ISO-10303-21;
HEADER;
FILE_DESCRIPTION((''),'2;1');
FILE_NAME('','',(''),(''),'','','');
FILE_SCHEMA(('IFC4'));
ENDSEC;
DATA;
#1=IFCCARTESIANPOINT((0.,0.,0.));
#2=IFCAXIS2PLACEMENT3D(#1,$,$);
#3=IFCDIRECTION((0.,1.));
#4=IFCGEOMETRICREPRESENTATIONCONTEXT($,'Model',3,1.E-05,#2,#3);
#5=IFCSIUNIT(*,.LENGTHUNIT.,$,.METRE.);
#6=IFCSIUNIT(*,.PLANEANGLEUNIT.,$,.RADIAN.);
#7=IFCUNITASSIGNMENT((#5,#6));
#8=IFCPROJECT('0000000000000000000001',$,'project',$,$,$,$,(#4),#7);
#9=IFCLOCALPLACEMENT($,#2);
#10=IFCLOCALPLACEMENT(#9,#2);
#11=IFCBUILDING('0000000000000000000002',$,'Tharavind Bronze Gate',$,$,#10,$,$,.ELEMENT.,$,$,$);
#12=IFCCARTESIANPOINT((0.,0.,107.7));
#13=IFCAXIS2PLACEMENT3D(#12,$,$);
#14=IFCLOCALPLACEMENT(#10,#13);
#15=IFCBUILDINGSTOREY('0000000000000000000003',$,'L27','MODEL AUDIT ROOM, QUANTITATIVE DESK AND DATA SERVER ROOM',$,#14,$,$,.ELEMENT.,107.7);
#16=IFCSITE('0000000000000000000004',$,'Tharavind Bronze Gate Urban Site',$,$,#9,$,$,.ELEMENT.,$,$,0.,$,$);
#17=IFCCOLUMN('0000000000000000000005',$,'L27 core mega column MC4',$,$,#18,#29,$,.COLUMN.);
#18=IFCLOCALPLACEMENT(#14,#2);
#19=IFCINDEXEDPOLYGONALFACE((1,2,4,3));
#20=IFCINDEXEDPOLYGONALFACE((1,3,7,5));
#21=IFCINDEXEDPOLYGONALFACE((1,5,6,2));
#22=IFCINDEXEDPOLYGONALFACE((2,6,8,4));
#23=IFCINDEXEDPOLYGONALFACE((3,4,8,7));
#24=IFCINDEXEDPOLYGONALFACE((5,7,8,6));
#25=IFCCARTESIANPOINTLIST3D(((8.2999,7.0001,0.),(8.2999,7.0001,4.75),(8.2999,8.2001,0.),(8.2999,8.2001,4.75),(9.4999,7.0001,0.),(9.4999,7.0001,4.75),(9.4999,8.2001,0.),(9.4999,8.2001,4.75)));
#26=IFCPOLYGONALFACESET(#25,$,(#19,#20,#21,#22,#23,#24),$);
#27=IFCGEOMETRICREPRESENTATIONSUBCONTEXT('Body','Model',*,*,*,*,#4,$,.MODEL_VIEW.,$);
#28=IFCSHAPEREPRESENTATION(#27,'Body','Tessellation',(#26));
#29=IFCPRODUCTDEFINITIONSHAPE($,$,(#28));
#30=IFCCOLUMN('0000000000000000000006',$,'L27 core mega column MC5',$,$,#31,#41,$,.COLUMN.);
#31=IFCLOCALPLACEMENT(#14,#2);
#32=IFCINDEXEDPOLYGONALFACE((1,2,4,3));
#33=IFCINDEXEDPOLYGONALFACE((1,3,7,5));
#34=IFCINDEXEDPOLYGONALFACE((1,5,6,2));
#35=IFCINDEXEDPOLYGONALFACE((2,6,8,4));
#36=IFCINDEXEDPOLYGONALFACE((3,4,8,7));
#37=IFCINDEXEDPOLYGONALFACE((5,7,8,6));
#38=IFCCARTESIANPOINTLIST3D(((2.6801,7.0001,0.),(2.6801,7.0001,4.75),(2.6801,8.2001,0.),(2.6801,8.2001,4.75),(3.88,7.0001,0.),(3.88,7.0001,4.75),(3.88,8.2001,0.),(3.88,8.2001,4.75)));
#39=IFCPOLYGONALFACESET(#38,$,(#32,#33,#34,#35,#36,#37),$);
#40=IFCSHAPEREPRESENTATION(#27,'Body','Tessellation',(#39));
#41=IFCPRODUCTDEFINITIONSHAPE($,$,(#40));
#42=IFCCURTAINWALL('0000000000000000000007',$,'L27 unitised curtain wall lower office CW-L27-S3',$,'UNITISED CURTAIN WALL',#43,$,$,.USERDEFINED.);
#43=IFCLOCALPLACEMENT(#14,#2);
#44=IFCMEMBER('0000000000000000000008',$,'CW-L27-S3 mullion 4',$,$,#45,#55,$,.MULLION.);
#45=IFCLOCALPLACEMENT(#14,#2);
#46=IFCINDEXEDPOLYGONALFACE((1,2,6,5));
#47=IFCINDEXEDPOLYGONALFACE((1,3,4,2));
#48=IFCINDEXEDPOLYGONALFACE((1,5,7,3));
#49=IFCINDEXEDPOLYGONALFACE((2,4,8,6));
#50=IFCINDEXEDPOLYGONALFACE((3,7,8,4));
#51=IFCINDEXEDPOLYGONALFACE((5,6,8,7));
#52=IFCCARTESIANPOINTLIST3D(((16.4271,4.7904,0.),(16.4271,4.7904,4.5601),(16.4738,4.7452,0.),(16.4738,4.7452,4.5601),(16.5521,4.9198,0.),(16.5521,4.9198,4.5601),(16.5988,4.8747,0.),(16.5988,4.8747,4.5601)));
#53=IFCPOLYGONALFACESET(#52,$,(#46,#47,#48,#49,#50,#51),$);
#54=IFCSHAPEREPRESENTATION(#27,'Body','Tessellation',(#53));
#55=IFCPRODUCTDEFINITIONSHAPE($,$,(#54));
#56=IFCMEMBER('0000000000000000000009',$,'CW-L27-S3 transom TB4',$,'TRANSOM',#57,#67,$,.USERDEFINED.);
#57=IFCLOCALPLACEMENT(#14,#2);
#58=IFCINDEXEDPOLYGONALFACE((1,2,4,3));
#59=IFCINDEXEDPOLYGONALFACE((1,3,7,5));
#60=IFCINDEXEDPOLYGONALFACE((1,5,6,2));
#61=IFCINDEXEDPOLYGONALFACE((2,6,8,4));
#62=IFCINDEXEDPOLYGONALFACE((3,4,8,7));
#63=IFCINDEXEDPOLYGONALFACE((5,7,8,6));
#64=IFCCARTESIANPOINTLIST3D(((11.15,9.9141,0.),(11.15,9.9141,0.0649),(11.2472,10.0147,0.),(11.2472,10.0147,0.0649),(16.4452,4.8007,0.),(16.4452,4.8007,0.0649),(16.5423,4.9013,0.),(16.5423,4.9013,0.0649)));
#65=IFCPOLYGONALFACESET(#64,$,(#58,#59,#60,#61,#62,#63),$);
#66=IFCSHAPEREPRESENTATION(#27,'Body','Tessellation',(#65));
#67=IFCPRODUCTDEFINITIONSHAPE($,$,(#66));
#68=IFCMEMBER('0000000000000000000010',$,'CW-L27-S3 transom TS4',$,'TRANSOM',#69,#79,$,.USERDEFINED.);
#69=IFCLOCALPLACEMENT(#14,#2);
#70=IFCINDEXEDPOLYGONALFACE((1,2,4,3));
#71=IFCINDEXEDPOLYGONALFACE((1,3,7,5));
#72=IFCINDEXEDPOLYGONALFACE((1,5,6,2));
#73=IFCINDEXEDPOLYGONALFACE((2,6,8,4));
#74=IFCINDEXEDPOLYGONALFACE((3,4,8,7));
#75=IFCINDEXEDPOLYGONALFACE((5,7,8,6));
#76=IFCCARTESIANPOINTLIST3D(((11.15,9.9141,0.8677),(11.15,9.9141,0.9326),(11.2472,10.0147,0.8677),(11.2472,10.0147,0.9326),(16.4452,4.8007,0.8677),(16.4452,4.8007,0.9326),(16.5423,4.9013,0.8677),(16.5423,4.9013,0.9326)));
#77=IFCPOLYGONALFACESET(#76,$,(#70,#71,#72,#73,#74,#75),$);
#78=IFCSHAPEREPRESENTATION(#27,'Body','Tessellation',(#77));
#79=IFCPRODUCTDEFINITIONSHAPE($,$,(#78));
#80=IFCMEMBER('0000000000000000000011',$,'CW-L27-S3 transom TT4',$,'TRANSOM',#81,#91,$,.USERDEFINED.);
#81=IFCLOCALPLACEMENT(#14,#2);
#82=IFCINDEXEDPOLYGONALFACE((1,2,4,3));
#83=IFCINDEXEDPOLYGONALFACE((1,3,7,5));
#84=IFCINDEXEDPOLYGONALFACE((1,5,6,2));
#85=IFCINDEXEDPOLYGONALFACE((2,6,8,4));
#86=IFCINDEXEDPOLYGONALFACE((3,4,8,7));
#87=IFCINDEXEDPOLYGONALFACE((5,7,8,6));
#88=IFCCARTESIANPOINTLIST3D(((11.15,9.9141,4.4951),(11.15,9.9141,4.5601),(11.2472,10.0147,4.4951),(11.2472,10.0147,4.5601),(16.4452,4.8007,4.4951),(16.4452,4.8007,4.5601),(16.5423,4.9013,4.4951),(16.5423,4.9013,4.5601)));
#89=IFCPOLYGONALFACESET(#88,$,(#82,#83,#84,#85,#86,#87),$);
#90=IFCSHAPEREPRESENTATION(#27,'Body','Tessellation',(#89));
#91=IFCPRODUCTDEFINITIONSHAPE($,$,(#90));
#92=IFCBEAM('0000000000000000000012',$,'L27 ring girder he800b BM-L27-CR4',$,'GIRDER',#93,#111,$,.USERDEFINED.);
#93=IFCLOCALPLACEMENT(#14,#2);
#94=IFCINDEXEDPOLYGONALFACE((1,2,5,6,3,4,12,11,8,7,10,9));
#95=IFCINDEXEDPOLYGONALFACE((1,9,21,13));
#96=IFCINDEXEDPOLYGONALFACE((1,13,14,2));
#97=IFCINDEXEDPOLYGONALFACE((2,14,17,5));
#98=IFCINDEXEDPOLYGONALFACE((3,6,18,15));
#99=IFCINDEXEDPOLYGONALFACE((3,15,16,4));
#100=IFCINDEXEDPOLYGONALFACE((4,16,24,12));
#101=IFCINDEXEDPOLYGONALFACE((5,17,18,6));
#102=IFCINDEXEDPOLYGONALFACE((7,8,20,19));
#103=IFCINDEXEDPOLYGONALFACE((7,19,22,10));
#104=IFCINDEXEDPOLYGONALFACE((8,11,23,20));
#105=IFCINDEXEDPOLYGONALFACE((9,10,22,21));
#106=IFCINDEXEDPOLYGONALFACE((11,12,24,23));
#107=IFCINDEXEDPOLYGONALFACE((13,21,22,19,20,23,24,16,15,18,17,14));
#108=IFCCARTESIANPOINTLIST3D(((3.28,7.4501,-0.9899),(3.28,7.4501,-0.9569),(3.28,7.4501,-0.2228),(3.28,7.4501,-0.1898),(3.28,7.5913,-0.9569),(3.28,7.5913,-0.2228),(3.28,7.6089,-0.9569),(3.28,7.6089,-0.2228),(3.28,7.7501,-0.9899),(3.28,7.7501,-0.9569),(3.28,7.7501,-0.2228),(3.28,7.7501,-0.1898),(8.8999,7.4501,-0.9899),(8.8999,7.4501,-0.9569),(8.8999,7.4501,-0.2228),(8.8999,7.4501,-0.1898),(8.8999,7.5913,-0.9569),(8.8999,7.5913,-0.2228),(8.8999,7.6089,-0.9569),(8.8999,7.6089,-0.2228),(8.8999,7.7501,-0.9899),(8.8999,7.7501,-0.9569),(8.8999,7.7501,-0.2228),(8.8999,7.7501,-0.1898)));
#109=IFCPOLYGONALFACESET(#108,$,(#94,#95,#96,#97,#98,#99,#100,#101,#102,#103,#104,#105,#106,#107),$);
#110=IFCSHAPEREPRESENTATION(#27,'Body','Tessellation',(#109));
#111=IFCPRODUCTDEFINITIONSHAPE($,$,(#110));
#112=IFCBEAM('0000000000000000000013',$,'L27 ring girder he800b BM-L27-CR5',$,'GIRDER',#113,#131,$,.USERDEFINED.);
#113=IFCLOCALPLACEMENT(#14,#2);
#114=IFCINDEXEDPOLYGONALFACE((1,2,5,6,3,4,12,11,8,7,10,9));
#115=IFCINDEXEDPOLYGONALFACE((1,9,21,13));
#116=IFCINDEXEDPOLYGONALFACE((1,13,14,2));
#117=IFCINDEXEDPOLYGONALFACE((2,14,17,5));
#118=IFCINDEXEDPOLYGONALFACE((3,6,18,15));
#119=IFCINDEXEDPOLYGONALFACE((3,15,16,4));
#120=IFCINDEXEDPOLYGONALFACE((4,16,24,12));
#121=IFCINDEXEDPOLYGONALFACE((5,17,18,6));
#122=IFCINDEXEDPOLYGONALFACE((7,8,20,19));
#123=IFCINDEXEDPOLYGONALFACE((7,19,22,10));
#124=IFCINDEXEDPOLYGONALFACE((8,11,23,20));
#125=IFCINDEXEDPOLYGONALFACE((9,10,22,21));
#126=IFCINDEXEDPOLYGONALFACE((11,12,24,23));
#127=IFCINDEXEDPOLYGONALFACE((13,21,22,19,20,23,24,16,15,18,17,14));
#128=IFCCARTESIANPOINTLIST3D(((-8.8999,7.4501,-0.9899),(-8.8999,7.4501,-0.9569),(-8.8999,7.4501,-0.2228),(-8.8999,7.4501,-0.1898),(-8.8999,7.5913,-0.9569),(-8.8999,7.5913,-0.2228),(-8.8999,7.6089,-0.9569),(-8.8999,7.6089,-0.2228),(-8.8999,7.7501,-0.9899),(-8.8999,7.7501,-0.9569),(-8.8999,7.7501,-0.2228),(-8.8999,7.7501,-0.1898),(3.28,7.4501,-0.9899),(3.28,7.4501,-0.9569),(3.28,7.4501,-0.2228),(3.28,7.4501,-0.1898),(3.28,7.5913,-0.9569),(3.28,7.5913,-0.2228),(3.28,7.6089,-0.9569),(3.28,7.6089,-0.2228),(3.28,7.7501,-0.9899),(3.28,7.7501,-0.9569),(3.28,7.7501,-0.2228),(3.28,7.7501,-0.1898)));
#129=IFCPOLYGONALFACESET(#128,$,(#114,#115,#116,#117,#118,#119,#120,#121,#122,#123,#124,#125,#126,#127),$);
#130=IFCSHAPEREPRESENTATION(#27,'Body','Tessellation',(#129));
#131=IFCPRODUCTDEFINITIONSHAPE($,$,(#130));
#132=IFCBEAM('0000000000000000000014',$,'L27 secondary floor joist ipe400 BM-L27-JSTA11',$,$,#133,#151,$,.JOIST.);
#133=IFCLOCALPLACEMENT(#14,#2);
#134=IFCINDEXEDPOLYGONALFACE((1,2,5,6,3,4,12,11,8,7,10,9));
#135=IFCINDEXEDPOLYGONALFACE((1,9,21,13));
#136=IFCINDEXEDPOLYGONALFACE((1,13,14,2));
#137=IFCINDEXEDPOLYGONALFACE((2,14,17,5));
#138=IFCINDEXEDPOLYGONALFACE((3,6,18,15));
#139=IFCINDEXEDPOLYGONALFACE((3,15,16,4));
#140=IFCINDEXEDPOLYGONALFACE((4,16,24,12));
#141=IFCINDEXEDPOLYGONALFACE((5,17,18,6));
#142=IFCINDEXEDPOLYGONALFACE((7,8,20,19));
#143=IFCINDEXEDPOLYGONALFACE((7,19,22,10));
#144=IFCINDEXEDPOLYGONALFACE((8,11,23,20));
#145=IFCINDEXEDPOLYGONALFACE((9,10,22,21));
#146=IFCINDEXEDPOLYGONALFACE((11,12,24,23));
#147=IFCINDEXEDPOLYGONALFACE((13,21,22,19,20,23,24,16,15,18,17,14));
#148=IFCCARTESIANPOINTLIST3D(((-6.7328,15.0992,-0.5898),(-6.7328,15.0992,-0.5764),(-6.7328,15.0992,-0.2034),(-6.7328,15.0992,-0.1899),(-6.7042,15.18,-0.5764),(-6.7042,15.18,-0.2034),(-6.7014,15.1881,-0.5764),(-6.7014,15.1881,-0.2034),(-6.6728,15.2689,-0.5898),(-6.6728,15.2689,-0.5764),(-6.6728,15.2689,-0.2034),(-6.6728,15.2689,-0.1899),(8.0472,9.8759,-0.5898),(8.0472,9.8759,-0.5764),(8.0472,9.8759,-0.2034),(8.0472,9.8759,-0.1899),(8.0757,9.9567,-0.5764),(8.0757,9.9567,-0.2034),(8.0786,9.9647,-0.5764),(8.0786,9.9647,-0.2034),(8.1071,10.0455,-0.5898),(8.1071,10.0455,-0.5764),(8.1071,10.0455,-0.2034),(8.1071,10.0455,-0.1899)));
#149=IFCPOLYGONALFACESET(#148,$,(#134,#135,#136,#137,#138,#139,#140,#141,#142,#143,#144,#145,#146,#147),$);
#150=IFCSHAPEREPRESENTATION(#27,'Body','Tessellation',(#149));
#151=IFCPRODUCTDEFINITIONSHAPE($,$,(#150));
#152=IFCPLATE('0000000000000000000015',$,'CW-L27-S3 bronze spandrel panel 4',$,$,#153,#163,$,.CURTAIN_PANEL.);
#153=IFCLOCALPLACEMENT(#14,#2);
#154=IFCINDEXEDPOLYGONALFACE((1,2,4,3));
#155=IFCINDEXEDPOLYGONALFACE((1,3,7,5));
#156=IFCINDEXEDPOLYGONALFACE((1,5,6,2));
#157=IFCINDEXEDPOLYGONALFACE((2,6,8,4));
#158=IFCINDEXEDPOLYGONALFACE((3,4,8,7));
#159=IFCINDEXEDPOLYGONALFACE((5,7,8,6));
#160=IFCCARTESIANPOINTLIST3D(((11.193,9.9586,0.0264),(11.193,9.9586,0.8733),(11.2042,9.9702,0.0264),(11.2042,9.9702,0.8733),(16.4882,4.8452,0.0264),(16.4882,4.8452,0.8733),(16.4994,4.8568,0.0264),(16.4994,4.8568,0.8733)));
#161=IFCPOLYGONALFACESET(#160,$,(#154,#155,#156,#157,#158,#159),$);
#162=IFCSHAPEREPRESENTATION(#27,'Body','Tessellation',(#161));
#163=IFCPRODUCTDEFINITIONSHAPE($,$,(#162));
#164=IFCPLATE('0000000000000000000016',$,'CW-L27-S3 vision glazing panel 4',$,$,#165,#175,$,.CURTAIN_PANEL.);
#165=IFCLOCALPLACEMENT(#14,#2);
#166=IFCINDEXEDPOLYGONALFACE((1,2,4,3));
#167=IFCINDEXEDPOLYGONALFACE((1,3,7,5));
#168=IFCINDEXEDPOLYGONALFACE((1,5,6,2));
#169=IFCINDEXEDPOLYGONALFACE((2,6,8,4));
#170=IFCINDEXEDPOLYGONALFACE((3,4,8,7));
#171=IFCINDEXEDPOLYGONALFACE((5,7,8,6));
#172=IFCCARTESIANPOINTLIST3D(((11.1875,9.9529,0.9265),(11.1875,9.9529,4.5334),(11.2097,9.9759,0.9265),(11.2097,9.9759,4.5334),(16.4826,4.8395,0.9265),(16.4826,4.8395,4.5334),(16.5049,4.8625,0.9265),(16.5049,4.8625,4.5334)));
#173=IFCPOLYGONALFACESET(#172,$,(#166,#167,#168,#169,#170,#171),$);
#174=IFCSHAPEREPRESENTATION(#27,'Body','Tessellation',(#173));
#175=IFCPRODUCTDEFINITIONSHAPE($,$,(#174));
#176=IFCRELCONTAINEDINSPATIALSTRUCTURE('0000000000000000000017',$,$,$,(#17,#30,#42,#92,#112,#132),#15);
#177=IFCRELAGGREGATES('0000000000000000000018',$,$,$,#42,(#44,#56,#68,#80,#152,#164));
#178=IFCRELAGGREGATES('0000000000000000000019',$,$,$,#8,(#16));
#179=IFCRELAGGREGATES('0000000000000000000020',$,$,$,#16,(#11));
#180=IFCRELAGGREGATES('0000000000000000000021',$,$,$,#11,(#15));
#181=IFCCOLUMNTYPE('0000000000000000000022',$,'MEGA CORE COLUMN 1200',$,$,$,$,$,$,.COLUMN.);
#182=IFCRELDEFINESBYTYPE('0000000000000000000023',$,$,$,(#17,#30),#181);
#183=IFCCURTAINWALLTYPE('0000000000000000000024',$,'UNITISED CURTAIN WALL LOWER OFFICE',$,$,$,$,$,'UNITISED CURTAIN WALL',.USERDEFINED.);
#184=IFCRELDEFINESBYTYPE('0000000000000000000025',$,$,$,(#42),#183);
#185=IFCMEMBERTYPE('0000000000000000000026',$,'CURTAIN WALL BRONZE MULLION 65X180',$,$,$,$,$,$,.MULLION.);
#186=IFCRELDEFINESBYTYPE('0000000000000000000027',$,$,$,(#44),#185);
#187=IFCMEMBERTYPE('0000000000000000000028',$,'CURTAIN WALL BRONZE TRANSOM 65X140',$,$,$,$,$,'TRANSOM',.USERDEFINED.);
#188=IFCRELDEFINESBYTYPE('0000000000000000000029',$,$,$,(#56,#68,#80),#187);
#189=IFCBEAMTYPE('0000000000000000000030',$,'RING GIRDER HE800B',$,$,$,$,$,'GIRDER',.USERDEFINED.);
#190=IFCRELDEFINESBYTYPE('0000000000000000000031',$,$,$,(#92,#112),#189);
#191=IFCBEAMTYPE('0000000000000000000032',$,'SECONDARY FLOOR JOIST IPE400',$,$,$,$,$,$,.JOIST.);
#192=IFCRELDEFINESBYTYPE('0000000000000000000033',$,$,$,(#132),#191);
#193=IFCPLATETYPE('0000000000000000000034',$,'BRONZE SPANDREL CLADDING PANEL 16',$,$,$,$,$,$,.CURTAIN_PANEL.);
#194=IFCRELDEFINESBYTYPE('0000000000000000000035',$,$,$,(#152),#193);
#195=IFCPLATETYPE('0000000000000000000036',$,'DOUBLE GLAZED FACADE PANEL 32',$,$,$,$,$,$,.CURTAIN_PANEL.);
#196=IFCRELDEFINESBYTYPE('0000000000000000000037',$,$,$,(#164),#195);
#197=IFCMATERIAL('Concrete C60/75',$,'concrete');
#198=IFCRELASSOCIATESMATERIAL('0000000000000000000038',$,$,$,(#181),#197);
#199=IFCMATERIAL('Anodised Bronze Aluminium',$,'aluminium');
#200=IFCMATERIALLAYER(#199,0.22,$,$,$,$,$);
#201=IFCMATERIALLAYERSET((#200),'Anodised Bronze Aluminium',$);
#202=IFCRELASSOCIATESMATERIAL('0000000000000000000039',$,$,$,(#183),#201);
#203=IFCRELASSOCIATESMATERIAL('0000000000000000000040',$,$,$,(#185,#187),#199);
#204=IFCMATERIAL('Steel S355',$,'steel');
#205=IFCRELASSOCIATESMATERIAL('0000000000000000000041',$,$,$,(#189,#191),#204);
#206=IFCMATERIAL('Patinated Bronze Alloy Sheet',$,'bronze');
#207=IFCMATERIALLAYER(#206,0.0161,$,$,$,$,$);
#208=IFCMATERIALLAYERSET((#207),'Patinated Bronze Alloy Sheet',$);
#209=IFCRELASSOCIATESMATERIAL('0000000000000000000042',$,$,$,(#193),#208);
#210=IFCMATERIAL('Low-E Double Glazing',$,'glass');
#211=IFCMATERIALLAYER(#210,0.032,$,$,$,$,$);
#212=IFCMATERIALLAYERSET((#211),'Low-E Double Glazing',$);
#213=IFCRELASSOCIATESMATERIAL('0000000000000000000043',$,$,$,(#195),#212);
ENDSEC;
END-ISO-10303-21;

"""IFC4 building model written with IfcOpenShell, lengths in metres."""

from ifc_helpers import new_model, si_unit, direction, frame, origin, origin_2d, place, context, subcontext, project, spatial, rectangle, i_section, extrude, material, layer, layer_set, material_profile, profile_set, type_object, element, aggregate, save


model = new_model("IFC4")

# Units and contexts
model_context = context("Model", 3, precision=1e-05, world=origin(), true_north=direction((0.0, 1.0)))
body_context = subcontext(model_context, "Body", "Model", "MODEL_VIEW")
ifc_project = project(units=[si_unit("LENGTHUNIT", "METRE"), si_unit("PLANEANGLEUNIT", "RADIAN")], contexts=[model_context])

# Site, building, storey
site_placement = place(None, origin())
site = spatial("IfcSite", under=ifc_project, at=site_placement, Name="Tharavind Bronze Gate Urban Site", CompositionType="ELEMENT", RefElevation=0.0)
building_placement = place(site_placement, origin())
building = spatial("IfcBuilding", under=site, at=building_placement, Name="Tharavind Bronze Gate", CompositionType="ELEMENT")
storey_placement = place(building_placement, frame((0.0, 0.0, 107.7)))
storey = spatial("IfcBuildingStorey", under=building, at=storey_placement, Name="L27", Description="MODEL AUDIT ROOM, QUANTITATIVE DESK AND DATA SERVER ROOM", CompositionType="ELEMENT", Elevation=107.7)

# Columns
ifc_material_1 = material(Name="Concrete C60/75", Category="concrete")
ifc_material_profile_1 = material_profile(ifc_material_1, rectangle(XDim=1.2, YDim=1.2, at=origin_2d()), Name="RCCOL1200")
ifc_profile_set_1 = profile_set([ifc_material_profile_1], Name="Concrete C60/75")
column_type = type_object("IfcColumnType", Name="MEGA CORE COLUMN 1200", PredefinedType="COLUMN", material=ifc_profile_set_1)
for number, where, z_axis, x_axis, name in (
    (1, (8.8999, 7.6001, 0.0), (0.0, 0.0, 1.0), (1.0, 0.0, 0.0), "L27 core mega column MC4"),
    (2, (3.28, 7.6001, 0.0), (0.0, 0.0, 1.0), (1.0, 0.0, 0.0), "L27 core mega column MC5"),
):
    element("IfcColumn", number, at=place(storey_placement, frame(where, z_axis=z_axis, x_axis=x_axis)), inside=storey, type_object=column_type, Name=name, PredefinedType="COLUMN", context=body_context, shape_type="SweptSolid", body=[
        extrude(rectangle(XDim=1.2, YDim=1.2, at=origin_2d()), origin(), (0.0, 0.0, 1.0), 4.75),
    ])

# Curtain wall, members
ifc_material_2 = material(Name="Anodised Bronze Aluminium", Category="aluminium")
ifc_layer_1 = layer(ifc_material_2, 0.22)
ifc_layer_set_1 = layer_set([ifc_layer_1], Name="Anodised Bronze Aluminium")
curtain_wall_type = type_object("IfcCurtainWallType", Name="UNITISED CURTAIN WALL LOWER OFFICE", ElementType="UNITISED CURTAIN WALL", PredefinedType="USERDEFINED", material=ifc_layer_set_1)
curtain_wall_placement = place(storey_placement, origin())
curtain_wall = element("IfcCurtainWall", 3, at=curtain_wall_placement, inside=storey, type_object=curtain_wall_type, Name="L27 unitised curtain wall lower office CW-L27-S3", ObjectType="UNITISED CURTAIN WALL", PredefinedType="USERDEFINED")
member_type_1 = type_object("IfcMemberType", Name="CURTAIN WALL BRONZE MULLION 65X180", PredefinedType="MULLION", material=ifc_material_2)
member_1_placement = place(storey_placement, frame((16.5129, 4.8325, 0.0), z_axis=(0.0, 0.0, 1.0), x_axis=(-0.719341, 0.694657, 0.0)))
member_1 = element("IfcMember", 4, at=member_1_placement, type_object=member_type_1, Name="CW-L27-S3 mullion 4", PredefinedType="MULLION", context=body_context, shape_type="SweptSolid", body=[
    extrude(rectangle(XDim=0.0649, YDim=0.1799, at=origin_2d()), origin(), (0.0, 0.0, 1.0), 4.5601),
])
member_type_2 = type_object("IfcMemberType", Name="CURTAIN WALL BRONZE TRANSOM 65X140", ElementType="TRANSOM", PredefinedType="USERDEFINED", material=ifc_material_2)
member_2_placement = place(storey_placement, frame((13.8462, 7.4077, 0.0), z_axis=(0.0, 0.0, 1.0), x_axis=(-0.719341, 0.694657, 0.0)))
member_2 = element("IfcMember", 5, at=member_2_placement, type_object=member_type_2, Name="CW-L27-S3 transom TB4", ObjectType="TRANSOM", PredefinedType="USERDEFINED", context=body_context, shape_type="SweptSolid", body=[
    extrude(rectangle(XDim=7.3611, YDim=0.1399, at=origin_2d()), origin(), (0.0, 0.0, 1.0), 0.0649),
])
member_3_placement = place(storey_placement, frame((13.8462, 7.4077, 0.8677), z_axis=(0.0, 0.0, 1.0), x_axis=(-0.719341, 0.694657, 0.0)))
member_3 = element("IfcMember", 6, at=member_3_placement, type_object=member_type_2, Name="CW-L27-S3 transom TS4", ObjectType="TRANSOM", PredefinedType="USERDEFINED", context=body_context, shape_type="SweptSolid", body=[
    extrude(rectangle(XDim=7.3611, YDim=0.1399, at=origin_2d()), origin(), (0.0, 0.0, 1.0), 0.0649),
])
member_4_placement = place(storey_placement, frame((13.8462, 7.4077, 4.4951), z_axis=(0.0, 0.0, 1.0), x_axis=(-0.719341, 0.694657, 0.0)))
member_4 = element("IfcMember", 7, at=member_4_placement, type_object=member_type_2, Name="CW-L27-S3 transom TT4", ObjectType="TRANSOM", PredefinedType="USERDEFINED", context=body_context, shape_type="SweptSolid", body=[
    extrude(rectangle(XDim=7.3611, YDim=0.1399, at=origin_2d()), origin(), (0.0, 0.0, 1.0), 0.0649),
])

# Beams
ifc_material_3 = material(Name="Steel S355", Category="steel")
ifc_material_profile_2 = material_profile(ifc_material_3, i_section(OverallWidth=0.3, OverallDepth=0.8, WebThickness=0.0176, FlangeThickness=0.033, at=origin_2d()), Name="HE800B")
ifc_profile_set_2 = profile_set([ifc_material_profile_2], Name="Steel S355")
beam_type_1 = type_object("IfcBeamType", Name="RING GIRDER HE800B", ElementType="GIRDER", PredefinedType="USERDEFINED", material=ifc_profile_set_2)
beam_1_placement = place(storey_placement, frame((8.8999, 7.6001, -0.5898), z_axis=(-1.0, 0.0, 0.0), x_axis=(0.0, -1.0, 0.0)))
element("IfcBeam", 8, at=beam_1_placement, inside=storey, type_object=beam_type_1, Name="L27 ring girder he800b BM-L27-CR4", ObjectType="GIRDER", PredefinedType="USERDEFINED", context=body_context, shape_type="SweptSolid", body=[
    extrude(i_section(OverallWidth=0.3, OverallDepth=0.8, WebThickness=0.0176, FlangeThickness=0.033, at=origin_2d()), origin(), (0.0, 0.0, 1.0), 5.6199),
])
beam_2_placement = place(storey_placement, frame((3.28, 7.6001, -0.5898), z_axis=(-1.0, 0.0, 0.0), x_axis=(0.0, -1.0, 0.0)))
element("IfcBeam", 9, at=beam_2_placement, inside=storey, type_object=beam_type_1, Name="L27 ring girder he800b BM-L27-CR5", ObjectType="GIRDER", PredefinedType="USERDEFINED", context=body_context, shape_type="SweptSolid", body=[
    extrude(i_section(OverallWidth=0.3, OverallDepth=0.8, WebThickness=0.0176, FlangeThickness=0.033, at=origin_2d()), origin(), (0.0, 0.0, 1.0), 12.1799),
])
ifc_material_profile_3 = material_profile(ifc_material_3, i_section(OverallWidth=0.1799, OverallDepth=0.3999, WebThickness=0.0085, FlangeThickness=0.0134, at=origin_2d()), Name="IPE400")
ifc_profile_set_3 = profile_set([ifc_material_profile_3], Name="Steel S355")
beam_type_2 = type_object("IfcBeamType", Name="SECONDARY FLOOR JOIST IPE400", PredefinedType="JOIST", material=ifc_profile_set_3)
beam_3_placement = place(storey_placement, frame((8.0771, 9.9607, -0.3899), z_axis=(-0.942852, 0.333212, 0.0), x_axis=(-0.333212, -0.942852, 0.0)))
element("IfcBeam", 10, at=beam_3_placement, inside=storey, type_object=beam_type_2, Name="L27 secondary floor joist ipe400 BM-L27-JSTA11", PredefinedType="JOIST", context=body_context, shape_type="SweptSolid", body=[
    extrude(i_section(OverallWidth=0.1799, OverallDepth=0.3999, WebThickness=0.0085, FlangeThickness=0.0134, at=origin_2d()), origin(), (0.0, 0.0, 1.0), 15.6758),
])

# Plates
ifc_material_4 = material(Name="Patinated Bronze Alloy Sheet", Category="bronze")
ifc_layer_2 = layer(ifc_material_4, 0.0161)
ifc_layer_set_2 = layer_set([ifc_layer_2], Name="Patinated Bronze Alloy Sheet")
plate_type_1 = type_object("IfcPlateType", Name="BRONZE SPANDREL CLADDING PANEL 16", PredefinedType="CURTAIN_PANEL", material=ifc_layer_set_2)
plate_1_placement = place(storey_placement, frame((13.8462, 7.4077, 0.0264), z_axis=(0.0, 0.0, 1.0), x_axis=(-0.719341, 0.694657, 0.0)))
plate_1 = element("IfcPlate", 11, at=plate_1_placement, type_object=plate_type_1, Name="CW-L27-S3 bronze spandrel panel 4", PredefinedType="CURTAIN_PANEL", context=body_context, shape_type="SweptSolid", body=[
    extrude(rectangle(XDim=7.3611, YDim=0.0161, at=origin_2d()), origin(), (0.0, 0.0, 1.0), 0.8469),
])
ifc_material_5 = material(Name="Low-E Double Glazing", Category="glass")
ifc_layer_3 = layer(ifc_material_5, 0.032)
ifc_layer_set_3 = layer_set([ifc_layer_3], Name="Low-E Double Glazing")
plate_type_2 = type_object("IfcPlateType", Name="DOUBLE GLAZED FACADE PANEL 32", PredefinedType="CURTAIN_PANEL", material=ifc_layer_set_3)
plate_2_placement = place(storey_placement, frame((13.8462, 7.4077, 0.9265), z_axis=(0.0, 0.0, 1.0), x_axis=(-0.719341, 0.694657, 0.0)))
plate_2 = element("IfcPlate", 12, at=plate_2_placement, type_object=plate_type_2, Name="CW-L27-S3 vision glazing panel 4", PredefinedType="CURTAIN_PANEL", context=body_context, shape_type="SweptSolid", body=[
    extrude(rectangle(XDim=7.3611, YDim=0.032, at=origin_2d()), origin(), (0.0, 0.0, 1.0), 3.6069),
])
aggregate(curtain_wall, [member_1, member_2, member_3, member_4, plate_1, plate_2])

save(model, "model.ifc")
